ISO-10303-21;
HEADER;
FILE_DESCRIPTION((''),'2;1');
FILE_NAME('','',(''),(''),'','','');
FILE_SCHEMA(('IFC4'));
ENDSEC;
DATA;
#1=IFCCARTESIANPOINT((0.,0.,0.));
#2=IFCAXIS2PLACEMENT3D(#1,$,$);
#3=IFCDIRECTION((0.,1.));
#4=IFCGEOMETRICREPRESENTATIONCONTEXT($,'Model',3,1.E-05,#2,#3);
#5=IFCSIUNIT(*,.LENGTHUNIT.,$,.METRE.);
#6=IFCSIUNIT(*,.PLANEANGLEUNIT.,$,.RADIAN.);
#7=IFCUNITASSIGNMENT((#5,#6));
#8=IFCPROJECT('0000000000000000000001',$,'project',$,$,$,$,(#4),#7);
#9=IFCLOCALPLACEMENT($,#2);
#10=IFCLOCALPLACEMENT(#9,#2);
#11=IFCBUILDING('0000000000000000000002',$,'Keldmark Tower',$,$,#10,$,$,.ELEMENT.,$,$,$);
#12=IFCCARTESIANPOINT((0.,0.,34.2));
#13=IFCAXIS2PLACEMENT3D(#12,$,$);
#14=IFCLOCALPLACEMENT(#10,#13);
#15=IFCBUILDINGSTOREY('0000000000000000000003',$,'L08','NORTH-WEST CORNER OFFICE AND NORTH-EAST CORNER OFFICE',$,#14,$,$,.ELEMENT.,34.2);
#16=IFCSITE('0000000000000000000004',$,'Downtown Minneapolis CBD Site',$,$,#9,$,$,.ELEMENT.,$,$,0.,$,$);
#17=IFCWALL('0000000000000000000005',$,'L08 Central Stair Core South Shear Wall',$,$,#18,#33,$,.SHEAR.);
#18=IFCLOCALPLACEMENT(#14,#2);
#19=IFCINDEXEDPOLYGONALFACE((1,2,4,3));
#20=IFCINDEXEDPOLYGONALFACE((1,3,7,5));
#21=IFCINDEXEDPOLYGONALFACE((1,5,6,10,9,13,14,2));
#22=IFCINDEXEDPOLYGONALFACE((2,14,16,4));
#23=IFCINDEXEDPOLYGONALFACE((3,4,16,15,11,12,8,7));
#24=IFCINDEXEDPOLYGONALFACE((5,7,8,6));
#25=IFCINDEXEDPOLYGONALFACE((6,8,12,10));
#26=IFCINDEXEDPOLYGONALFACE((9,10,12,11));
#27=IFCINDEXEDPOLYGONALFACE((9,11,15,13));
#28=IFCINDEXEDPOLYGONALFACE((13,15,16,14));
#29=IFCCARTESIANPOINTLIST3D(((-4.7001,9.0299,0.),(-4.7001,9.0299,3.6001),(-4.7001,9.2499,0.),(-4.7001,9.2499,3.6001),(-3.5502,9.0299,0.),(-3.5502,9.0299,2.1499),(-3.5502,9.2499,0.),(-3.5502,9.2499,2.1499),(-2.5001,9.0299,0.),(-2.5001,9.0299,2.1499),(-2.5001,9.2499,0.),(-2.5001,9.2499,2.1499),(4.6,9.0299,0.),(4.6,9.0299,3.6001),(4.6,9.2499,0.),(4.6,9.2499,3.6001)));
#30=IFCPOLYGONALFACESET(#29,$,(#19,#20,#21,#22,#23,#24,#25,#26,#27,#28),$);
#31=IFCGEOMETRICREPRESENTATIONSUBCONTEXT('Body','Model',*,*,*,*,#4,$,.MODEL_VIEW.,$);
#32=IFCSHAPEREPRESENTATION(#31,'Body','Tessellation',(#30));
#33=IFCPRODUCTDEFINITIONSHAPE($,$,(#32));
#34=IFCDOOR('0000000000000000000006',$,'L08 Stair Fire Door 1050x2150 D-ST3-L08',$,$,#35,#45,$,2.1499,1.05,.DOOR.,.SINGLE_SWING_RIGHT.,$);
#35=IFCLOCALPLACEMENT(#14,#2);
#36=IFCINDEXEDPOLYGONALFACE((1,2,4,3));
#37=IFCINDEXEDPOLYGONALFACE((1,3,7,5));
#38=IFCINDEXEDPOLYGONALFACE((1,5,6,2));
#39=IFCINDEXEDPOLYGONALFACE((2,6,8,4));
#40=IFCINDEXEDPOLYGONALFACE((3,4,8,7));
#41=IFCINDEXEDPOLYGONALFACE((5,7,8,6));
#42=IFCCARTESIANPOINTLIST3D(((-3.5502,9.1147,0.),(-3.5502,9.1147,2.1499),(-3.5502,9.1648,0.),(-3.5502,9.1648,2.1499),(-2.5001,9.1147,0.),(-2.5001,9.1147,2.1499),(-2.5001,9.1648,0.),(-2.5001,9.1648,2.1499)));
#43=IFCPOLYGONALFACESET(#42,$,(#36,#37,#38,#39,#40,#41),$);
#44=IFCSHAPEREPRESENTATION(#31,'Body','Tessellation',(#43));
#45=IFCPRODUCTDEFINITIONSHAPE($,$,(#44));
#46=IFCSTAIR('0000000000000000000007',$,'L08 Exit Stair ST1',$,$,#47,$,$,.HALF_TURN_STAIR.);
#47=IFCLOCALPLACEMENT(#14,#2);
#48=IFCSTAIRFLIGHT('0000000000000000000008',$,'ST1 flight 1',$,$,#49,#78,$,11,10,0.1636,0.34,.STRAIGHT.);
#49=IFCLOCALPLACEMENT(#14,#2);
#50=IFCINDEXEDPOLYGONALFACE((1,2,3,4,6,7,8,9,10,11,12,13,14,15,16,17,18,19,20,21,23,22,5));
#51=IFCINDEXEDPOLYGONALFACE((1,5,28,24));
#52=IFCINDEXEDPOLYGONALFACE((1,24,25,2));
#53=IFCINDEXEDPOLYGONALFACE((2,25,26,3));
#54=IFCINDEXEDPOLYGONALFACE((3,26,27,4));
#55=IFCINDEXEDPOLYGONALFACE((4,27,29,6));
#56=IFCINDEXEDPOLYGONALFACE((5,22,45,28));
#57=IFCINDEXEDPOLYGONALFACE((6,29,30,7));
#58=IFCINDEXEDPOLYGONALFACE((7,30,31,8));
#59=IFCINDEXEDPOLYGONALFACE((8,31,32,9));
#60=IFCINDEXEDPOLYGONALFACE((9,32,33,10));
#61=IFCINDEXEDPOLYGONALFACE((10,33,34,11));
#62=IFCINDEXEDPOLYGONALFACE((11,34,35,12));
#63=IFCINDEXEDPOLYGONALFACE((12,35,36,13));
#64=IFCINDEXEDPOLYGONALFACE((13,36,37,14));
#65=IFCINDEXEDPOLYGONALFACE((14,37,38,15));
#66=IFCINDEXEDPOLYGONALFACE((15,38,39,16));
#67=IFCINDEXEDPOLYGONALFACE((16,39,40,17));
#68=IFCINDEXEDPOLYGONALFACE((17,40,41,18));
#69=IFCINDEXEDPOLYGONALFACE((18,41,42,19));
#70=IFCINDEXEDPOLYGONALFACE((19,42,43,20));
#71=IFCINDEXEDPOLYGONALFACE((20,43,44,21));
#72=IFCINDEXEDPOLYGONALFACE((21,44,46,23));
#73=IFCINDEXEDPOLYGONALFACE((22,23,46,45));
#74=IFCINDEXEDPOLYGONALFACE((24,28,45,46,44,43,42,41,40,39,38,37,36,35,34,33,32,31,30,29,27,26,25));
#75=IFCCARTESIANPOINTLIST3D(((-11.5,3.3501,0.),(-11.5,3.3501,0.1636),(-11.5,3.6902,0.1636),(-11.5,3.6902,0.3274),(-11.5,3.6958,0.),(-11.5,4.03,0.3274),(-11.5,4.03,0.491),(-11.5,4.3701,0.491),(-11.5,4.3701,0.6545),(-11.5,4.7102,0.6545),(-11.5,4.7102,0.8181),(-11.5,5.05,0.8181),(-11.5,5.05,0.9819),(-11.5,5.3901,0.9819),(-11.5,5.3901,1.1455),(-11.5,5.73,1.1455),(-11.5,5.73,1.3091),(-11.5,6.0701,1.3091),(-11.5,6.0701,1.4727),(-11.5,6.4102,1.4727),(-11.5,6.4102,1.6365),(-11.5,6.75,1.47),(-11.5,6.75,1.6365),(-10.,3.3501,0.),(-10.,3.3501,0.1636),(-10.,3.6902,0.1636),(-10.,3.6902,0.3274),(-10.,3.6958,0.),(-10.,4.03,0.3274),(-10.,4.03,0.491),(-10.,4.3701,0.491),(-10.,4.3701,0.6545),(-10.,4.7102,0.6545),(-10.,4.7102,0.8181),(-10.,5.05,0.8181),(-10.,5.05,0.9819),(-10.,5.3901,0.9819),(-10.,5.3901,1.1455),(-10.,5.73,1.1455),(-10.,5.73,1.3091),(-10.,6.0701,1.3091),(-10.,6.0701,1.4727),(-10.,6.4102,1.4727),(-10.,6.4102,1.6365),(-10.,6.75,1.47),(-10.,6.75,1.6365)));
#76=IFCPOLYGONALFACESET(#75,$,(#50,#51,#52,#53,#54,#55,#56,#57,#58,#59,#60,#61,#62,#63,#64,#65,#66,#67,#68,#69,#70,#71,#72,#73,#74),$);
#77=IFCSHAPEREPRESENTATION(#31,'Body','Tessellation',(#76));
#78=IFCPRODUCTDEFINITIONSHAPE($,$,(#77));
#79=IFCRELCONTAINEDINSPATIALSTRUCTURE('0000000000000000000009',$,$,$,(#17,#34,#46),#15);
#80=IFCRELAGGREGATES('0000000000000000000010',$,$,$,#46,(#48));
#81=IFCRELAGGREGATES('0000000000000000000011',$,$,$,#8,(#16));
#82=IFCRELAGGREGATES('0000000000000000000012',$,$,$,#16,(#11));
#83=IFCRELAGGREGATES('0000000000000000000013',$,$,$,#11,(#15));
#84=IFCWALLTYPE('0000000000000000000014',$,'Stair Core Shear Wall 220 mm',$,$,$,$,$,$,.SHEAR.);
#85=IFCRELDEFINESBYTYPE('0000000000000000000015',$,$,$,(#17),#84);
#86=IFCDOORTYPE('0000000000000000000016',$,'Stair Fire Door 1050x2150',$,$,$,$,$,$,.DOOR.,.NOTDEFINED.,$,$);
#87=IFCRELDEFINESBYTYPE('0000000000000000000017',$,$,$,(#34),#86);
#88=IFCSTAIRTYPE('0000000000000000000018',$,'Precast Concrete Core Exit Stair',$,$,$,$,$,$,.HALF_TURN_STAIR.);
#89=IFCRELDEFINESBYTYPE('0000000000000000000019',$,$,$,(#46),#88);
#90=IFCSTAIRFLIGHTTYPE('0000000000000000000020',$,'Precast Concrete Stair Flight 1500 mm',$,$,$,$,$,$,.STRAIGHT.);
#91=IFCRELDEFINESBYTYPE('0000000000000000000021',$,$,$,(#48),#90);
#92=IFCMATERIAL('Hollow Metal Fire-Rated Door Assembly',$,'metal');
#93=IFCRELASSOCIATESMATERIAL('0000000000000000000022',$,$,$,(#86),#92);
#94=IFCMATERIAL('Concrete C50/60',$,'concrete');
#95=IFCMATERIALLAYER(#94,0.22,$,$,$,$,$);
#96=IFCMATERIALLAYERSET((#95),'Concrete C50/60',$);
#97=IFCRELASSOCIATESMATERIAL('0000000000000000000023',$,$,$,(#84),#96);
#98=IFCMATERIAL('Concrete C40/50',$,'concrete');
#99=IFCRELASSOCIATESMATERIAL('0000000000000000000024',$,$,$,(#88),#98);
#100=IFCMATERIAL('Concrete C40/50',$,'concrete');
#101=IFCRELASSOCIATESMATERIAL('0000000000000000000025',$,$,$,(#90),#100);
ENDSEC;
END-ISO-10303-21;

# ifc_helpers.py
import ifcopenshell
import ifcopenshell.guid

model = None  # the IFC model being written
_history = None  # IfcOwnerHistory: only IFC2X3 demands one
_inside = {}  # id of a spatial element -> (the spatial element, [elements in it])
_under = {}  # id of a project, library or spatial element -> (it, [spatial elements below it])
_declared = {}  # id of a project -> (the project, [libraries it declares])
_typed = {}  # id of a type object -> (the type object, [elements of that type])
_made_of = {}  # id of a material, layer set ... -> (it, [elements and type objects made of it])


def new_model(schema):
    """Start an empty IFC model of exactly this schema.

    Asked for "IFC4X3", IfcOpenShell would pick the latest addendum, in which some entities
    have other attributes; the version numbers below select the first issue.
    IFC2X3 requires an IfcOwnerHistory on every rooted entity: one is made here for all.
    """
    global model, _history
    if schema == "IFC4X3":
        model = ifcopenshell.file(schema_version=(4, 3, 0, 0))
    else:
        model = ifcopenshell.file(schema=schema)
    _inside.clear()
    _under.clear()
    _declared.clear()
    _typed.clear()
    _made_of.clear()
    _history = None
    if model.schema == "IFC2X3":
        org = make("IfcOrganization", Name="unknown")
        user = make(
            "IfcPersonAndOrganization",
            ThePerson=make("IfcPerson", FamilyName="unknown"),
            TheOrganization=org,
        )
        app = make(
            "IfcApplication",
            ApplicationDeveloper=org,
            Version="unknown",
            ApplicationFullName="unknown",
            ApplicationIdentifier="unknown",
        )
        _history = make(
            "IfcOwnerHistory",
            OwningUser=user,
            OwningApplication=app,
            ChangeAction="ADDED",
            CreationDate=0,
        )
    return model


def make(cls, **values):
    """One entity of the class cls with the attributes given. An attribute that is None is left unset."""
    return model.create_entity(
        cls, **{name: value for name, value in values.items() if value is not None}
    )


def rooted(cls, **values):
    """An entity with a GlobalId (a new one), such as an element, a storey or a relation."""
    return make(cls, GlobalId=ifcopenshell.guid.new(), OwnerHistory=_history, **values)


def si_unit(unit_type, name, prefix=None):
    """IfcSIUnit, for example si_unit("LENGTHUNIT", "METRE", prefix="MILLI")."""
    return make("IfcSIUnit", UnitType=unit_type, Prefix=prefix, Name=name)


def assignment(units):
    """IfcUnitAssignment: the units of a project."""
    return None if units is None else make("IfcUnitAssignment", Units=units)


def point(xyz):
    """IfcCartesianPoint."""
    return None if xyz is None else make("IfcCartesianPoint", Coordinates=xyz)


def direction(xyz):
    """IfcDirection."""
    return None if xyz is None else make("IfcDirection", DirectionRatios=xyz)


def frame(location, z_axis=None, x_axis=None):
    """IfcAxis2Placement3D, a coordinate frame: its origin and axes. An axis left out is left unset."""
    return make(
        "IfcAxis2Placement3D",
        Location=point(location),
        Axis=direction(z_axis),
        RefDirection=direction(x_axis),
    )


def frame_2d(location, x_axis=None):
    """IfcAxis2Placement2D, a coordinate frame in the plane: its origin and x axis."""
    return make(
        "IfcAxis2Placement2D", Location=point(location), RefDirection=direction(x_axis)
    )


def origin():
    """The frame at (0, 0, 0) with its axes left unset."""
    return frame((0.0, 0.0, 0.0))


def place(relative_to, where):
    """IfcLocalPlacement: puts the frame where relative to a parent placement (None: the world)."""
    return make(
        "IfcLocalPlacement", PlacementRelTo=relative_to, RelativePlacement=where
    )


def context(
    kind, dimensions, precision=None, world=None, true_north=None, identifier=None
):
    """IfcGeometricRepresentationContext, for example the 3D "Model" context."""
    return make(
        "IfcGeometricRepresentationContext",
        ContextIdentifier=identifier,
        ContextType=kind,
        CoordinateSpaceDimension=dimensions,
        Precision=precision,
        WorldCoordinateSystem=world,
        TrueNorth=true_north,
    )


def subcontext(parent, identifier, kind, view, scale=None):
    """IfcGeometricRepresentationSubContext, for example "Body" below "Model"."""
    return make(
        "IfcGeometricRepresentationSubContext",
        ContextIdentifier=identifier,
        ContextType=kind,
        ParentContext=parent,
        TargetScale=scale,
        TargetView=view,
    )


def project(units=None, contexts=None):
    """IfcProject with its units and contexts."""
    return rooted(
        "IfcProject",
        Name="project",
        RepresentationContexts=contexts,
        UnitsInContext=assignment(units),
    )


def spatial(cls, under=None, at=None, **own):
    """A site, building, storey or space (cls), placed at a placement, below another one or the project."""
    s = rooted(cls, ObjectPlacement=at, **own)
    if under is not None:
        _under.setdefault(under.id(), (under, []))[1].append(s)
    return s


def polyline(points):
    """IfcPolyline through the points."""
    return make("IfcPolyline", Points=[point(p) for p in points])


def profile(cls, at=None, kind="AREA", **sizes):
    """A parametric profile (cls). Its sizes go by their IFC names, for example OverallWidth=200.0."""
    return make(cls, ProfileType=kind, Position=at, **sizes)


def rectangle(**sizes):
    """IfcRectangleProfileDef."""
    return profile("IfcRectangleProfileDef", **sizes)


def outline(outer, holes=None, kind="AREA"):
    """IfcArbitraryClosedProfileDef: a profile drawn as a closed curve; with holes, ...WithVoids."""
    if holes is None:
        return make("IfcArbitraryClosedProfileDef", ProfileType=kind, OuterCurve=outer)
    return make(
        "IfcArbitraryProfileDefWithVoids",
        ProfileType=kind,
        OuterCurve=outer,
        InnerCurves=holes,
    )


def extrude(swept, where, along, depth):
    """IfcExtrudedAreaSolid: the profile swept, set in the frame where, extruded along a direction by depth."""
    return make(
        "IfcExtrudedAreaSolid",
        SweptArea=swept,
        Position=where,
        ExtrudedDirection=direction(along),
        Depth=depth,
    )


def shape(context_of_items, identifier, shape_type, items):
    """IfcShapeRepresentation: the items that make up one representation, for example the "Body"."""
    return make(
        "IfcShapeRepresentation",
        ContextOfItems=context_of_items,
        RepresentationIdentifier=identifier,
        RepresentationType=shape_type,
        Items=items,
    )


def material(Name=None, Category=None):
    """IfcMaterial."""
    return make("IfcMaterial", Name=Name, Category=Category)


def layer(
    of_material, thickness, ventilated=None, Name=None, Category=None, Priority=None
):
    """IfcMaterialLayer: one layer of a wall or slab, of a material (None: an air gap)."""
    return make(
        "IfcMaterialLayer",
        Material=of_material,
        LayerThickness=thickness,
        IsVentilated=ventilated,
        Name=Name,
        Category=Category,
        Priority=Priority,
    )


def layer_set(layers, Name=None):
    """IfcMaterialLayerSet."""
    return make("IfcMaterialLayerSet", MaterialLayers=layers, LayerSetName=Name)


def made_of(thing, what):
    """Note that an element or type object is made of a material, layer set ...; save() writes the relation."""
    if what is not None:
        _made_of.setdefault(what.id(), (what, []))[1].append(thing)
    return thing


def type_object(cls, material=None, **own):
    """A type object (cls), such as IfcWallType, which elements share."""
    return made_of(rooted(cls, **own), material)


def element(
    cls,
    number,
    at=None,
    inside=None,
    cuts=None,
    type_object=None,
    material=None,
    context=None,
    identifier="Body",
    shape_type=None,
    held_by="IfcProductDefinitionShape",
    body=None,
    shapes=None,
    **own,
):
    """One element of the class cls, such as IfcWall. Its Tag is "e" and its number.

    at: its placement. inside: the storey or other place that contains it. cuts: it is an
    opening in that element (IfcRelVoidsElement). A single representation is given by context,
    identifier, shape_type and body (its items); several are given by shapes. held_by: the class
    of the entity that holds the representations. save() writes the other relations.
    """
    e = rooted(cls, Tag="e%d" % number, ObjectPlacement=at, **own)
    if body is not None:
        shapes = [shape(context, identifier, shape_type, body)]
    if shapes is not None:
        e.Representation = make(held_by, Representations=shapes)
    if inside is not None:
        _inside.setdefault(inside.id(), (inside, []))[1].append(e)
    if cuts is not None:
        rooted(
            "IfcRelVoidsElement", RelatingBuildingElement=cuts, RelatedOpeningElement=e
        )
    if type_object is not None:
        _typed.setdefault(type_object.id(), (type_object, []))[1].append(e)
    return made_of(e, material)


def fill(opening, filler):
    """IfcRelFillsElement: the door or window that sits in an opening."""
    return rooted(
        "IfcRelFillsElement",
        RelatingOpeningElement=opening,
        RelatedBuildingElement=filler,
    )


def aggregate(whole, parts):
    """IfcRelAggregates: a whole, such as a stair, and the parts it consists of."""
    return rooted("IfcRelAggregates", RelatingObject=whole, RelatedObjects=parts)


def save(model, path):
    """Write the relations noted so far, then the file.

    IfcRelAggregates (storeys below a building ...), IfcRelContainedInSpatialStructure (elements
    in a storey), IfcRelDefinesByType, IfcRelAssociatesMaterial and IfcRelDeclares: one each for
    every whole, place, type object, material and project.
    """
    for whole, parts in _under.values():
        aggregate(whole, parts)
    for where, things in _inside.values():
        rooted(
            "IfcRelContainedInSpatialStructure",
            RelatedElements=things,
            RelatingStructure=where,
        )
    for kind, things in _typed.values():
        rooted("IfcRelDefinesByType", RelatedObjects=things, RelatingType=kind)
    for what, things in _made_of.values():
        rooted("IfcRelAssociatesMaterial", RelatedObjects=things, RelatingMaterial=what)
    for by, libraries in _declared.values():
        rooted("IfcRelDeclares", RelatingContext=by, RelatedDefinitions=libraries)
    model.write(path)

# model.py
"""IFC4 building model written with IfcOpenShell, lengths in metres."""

from ifc_helpers import new_model, si_unit, direction, frame, frame_2d, origin, place, context, subcontext, project, spatial, polyline, rectangle, outline, extrude, material, layer, layer_set, type_object, element, fill, aggregate, save


model = new_model("IFC4")

# Units and contexts
model_context = context("Model", 3, precision=1e-05, world=origin(), true_north=direction((0.0, 1.0)))
body_context = subcontext(model_context, "Body", "Model", "MODEL_VIEW")
ifc_project = project(units=[si_unit("LENGTHUNIT", "METRE"), si_unit("PLANEANGLEUNIT", "RADIAN")], contexts=[model_context])

# Site, building, storey
site_placement = place(None, origin())
site = spatial("IfcSite", under=ifc_project, at=site_placement, Name="Downtown Minneapolis CBD Site", CompositionType="ELEMENT", RefElevation=0.0)
building_placement = place(site_placement, origin())
building = spatial("IfcBuilding", under=site, at=building_placement, Name="Keldmark Tower", CompositionType="ELEMENT")
storey_placement = place(building_placement, frame((0.0, 0.0, 34.2)))
storey = spatial("IfcBuildingStorey", under=building, at=storey_placement, Name="L08", Description="NORTH-WEST CORNER OFFICE AND NORTH-EAST CORNER OFFICE", CompositionType="ELEMENT", Elevation=34.2)

# Shared definitions
ifc_material_1 = material(Name="Hollow Metal Fire-Rated Door Assembly", Category="metal")
door_type_1 = type_object("IfcDoorType", Name="Stair Fire Door 1050x2150", OperationType="NOTDEFINED", PredefinedType="DOOR", material=ifc_material_1)

# Shared definitions
ifc_material_2 = material(Name="Concrete C50/60", Category="concrete")
ifc_layer_1 = layer(ifc_material_2, 0.22)
ifc_layer_set_1 = layer_set([ifc_layer_1], Name="Concrete C50/60")
wall_type_1 = type_object("IfcWallType", Name="Stair Core Shear Wall 220 mm", PredefinedType="SHEAR", material=ifc_layer_set_1)

# Wall, opening, door
wall_1_placement = place(storey_placement, frame((-4.7, 9.1399, 0.0), z_axis=(0.0, 0.0, 1.0), x_axis=(1.0, 0.0, 0.0)))
wall_1 = element("IfcWall", 1, at=wall_1_placement, inside=storey, type_object=wall_type_1, Name="L08 Central Stair Core South Shear Wall", PredefinedType="SHEAR", context=body_context, shape_type="SweptSolid", body=[
    extrude(rectangle(XDim=9.3, YDim=0.22, at=frame_2d((4.6499, 0.0))), origin(), (0.0, 0.0, 1.0), 3.6001),
])
opening_1_placement = place(wall_1_placement, frame((1.1499, 0.0, 0.0)))
opening_1 = element("IfcOpeningElement", 2, at=opening_1_placement, cuts=wall_1, PredefinedType="OPENING", context=body_context, shape_type="SweptSolid", body=[
    extrude(rectangle(XDim=1.05, YDim=2.1499, at=frame_2d((0.5249, 1.075))), frame((0.0, 0.1199, 0.0), z_axis=(0.0, -1.0, 0.0), x_axis=(1.0, 0.0, 0.0)), (0.0, 0.0, 1.0), 0.24),
])
door_1_placement = place(opening_1_placement, origin())
door_1 = element("IfcDoor", 3, at=door_1_placement, inside=storey, type_object=door_type_1, Name="L08 Stair Fire Door 1050x2150 D-ST3-L08", OperationType="SINGLE_SWING_RIGHT", OverallHeight=2.1499, OverallWidth=1.05, PredefinedType="DOOR", context=body_context, shape_type="SweptSolid", body=[
    extrude(rectangle(XDim=1.05, YDim=2.1499, at=frame_2d((0.5249, 1.075))), frame((0.0, 0.0249, 0.0), z_axis=(0.0, -1.0, 0.0), x_axis=(1.0, 0.0, 0.0)), (0.0, 0.0, 1.0), 0.05),
])
fill(opening_1, door_1)

# Stair, stair flight
ifc_material_3 = material(Name="Concrete C40/50", Category="concrete")
stair_type = type_object("IfcStairType", Name="Precast Concrete Core Exit Stair", PredefinedType="HALF_TURN_STAIR", material=ifc_material_3)
stair_placement = place(storey_placement, origin())
stair = element("IfcStair", 4, at=stair_placement, inside=storey, type_object=stair_type, Name="L08 Exit Stair ST1", PredefinedType="HALF_TURN_STAIR")
ifc_material_4 = material(Name="Concrete C40/50", Category="concrete")
stair_flight_type = type_object("IfcStairFlightType", Name="Precast Concrete Stair Flight 1500 mm", PredefinedType="STRAIGHT", material=ifc_material_4)
stair_flight_placement = place(storey_placement, frame((-10.75, 3.3501, 0.0), z_axis=(0.0, 0.0, 1.0), x_axis=(0.0, 1.0, 0.0)))
stair_flight = element("IfcStairFlight", 5, at=stair_flight_placement, type_object=stair_flight_type, Name="ST1 flight 1", NumberOfRisers=11, NumberOfTreads=10, PredefinedType="STRAIGHT", RiserHeight=0.1636, TreadLength=0.34, context=body_context, shape_type="SweptSolid", body=[
    extrude(outline(polyline([(0.0, 0.0), (0.0, 0.1636), (0.3401, 0.1636), (0.3401, 0.3274), (0.6799, 0.3274), (0.6799, 0.491), (1.02, 0.491), (1.02, 0.6545), (1.3601, 0.6545), (1.3601, 0.8181), (1.7, 0.8181), (1.7, 0.9819), (2.04, 0.9819), (2.04, 1.1455), (2.3799, 1.1455), (2.3799, 1.3091), (2.72, 1.3091), (2.72, 1.4727), (3.0601, 1.4727), (3.0601, 1.6365), (3.3999, 1.6365), (3.3999, 1.8), (3.3999, 1.47), (0.3457, 0.0), (0.0, 0.0)])), frame((0.0, 0.75, 0.0), z_axis=(0.0, -1.0, 0.0), x_axis=(1.0, 0.0, 0.0)), (0.0, 0.0, 1.0), 1.5),
])
aggregate(stair, [stair_flight])

save(model, "model.ifc")
